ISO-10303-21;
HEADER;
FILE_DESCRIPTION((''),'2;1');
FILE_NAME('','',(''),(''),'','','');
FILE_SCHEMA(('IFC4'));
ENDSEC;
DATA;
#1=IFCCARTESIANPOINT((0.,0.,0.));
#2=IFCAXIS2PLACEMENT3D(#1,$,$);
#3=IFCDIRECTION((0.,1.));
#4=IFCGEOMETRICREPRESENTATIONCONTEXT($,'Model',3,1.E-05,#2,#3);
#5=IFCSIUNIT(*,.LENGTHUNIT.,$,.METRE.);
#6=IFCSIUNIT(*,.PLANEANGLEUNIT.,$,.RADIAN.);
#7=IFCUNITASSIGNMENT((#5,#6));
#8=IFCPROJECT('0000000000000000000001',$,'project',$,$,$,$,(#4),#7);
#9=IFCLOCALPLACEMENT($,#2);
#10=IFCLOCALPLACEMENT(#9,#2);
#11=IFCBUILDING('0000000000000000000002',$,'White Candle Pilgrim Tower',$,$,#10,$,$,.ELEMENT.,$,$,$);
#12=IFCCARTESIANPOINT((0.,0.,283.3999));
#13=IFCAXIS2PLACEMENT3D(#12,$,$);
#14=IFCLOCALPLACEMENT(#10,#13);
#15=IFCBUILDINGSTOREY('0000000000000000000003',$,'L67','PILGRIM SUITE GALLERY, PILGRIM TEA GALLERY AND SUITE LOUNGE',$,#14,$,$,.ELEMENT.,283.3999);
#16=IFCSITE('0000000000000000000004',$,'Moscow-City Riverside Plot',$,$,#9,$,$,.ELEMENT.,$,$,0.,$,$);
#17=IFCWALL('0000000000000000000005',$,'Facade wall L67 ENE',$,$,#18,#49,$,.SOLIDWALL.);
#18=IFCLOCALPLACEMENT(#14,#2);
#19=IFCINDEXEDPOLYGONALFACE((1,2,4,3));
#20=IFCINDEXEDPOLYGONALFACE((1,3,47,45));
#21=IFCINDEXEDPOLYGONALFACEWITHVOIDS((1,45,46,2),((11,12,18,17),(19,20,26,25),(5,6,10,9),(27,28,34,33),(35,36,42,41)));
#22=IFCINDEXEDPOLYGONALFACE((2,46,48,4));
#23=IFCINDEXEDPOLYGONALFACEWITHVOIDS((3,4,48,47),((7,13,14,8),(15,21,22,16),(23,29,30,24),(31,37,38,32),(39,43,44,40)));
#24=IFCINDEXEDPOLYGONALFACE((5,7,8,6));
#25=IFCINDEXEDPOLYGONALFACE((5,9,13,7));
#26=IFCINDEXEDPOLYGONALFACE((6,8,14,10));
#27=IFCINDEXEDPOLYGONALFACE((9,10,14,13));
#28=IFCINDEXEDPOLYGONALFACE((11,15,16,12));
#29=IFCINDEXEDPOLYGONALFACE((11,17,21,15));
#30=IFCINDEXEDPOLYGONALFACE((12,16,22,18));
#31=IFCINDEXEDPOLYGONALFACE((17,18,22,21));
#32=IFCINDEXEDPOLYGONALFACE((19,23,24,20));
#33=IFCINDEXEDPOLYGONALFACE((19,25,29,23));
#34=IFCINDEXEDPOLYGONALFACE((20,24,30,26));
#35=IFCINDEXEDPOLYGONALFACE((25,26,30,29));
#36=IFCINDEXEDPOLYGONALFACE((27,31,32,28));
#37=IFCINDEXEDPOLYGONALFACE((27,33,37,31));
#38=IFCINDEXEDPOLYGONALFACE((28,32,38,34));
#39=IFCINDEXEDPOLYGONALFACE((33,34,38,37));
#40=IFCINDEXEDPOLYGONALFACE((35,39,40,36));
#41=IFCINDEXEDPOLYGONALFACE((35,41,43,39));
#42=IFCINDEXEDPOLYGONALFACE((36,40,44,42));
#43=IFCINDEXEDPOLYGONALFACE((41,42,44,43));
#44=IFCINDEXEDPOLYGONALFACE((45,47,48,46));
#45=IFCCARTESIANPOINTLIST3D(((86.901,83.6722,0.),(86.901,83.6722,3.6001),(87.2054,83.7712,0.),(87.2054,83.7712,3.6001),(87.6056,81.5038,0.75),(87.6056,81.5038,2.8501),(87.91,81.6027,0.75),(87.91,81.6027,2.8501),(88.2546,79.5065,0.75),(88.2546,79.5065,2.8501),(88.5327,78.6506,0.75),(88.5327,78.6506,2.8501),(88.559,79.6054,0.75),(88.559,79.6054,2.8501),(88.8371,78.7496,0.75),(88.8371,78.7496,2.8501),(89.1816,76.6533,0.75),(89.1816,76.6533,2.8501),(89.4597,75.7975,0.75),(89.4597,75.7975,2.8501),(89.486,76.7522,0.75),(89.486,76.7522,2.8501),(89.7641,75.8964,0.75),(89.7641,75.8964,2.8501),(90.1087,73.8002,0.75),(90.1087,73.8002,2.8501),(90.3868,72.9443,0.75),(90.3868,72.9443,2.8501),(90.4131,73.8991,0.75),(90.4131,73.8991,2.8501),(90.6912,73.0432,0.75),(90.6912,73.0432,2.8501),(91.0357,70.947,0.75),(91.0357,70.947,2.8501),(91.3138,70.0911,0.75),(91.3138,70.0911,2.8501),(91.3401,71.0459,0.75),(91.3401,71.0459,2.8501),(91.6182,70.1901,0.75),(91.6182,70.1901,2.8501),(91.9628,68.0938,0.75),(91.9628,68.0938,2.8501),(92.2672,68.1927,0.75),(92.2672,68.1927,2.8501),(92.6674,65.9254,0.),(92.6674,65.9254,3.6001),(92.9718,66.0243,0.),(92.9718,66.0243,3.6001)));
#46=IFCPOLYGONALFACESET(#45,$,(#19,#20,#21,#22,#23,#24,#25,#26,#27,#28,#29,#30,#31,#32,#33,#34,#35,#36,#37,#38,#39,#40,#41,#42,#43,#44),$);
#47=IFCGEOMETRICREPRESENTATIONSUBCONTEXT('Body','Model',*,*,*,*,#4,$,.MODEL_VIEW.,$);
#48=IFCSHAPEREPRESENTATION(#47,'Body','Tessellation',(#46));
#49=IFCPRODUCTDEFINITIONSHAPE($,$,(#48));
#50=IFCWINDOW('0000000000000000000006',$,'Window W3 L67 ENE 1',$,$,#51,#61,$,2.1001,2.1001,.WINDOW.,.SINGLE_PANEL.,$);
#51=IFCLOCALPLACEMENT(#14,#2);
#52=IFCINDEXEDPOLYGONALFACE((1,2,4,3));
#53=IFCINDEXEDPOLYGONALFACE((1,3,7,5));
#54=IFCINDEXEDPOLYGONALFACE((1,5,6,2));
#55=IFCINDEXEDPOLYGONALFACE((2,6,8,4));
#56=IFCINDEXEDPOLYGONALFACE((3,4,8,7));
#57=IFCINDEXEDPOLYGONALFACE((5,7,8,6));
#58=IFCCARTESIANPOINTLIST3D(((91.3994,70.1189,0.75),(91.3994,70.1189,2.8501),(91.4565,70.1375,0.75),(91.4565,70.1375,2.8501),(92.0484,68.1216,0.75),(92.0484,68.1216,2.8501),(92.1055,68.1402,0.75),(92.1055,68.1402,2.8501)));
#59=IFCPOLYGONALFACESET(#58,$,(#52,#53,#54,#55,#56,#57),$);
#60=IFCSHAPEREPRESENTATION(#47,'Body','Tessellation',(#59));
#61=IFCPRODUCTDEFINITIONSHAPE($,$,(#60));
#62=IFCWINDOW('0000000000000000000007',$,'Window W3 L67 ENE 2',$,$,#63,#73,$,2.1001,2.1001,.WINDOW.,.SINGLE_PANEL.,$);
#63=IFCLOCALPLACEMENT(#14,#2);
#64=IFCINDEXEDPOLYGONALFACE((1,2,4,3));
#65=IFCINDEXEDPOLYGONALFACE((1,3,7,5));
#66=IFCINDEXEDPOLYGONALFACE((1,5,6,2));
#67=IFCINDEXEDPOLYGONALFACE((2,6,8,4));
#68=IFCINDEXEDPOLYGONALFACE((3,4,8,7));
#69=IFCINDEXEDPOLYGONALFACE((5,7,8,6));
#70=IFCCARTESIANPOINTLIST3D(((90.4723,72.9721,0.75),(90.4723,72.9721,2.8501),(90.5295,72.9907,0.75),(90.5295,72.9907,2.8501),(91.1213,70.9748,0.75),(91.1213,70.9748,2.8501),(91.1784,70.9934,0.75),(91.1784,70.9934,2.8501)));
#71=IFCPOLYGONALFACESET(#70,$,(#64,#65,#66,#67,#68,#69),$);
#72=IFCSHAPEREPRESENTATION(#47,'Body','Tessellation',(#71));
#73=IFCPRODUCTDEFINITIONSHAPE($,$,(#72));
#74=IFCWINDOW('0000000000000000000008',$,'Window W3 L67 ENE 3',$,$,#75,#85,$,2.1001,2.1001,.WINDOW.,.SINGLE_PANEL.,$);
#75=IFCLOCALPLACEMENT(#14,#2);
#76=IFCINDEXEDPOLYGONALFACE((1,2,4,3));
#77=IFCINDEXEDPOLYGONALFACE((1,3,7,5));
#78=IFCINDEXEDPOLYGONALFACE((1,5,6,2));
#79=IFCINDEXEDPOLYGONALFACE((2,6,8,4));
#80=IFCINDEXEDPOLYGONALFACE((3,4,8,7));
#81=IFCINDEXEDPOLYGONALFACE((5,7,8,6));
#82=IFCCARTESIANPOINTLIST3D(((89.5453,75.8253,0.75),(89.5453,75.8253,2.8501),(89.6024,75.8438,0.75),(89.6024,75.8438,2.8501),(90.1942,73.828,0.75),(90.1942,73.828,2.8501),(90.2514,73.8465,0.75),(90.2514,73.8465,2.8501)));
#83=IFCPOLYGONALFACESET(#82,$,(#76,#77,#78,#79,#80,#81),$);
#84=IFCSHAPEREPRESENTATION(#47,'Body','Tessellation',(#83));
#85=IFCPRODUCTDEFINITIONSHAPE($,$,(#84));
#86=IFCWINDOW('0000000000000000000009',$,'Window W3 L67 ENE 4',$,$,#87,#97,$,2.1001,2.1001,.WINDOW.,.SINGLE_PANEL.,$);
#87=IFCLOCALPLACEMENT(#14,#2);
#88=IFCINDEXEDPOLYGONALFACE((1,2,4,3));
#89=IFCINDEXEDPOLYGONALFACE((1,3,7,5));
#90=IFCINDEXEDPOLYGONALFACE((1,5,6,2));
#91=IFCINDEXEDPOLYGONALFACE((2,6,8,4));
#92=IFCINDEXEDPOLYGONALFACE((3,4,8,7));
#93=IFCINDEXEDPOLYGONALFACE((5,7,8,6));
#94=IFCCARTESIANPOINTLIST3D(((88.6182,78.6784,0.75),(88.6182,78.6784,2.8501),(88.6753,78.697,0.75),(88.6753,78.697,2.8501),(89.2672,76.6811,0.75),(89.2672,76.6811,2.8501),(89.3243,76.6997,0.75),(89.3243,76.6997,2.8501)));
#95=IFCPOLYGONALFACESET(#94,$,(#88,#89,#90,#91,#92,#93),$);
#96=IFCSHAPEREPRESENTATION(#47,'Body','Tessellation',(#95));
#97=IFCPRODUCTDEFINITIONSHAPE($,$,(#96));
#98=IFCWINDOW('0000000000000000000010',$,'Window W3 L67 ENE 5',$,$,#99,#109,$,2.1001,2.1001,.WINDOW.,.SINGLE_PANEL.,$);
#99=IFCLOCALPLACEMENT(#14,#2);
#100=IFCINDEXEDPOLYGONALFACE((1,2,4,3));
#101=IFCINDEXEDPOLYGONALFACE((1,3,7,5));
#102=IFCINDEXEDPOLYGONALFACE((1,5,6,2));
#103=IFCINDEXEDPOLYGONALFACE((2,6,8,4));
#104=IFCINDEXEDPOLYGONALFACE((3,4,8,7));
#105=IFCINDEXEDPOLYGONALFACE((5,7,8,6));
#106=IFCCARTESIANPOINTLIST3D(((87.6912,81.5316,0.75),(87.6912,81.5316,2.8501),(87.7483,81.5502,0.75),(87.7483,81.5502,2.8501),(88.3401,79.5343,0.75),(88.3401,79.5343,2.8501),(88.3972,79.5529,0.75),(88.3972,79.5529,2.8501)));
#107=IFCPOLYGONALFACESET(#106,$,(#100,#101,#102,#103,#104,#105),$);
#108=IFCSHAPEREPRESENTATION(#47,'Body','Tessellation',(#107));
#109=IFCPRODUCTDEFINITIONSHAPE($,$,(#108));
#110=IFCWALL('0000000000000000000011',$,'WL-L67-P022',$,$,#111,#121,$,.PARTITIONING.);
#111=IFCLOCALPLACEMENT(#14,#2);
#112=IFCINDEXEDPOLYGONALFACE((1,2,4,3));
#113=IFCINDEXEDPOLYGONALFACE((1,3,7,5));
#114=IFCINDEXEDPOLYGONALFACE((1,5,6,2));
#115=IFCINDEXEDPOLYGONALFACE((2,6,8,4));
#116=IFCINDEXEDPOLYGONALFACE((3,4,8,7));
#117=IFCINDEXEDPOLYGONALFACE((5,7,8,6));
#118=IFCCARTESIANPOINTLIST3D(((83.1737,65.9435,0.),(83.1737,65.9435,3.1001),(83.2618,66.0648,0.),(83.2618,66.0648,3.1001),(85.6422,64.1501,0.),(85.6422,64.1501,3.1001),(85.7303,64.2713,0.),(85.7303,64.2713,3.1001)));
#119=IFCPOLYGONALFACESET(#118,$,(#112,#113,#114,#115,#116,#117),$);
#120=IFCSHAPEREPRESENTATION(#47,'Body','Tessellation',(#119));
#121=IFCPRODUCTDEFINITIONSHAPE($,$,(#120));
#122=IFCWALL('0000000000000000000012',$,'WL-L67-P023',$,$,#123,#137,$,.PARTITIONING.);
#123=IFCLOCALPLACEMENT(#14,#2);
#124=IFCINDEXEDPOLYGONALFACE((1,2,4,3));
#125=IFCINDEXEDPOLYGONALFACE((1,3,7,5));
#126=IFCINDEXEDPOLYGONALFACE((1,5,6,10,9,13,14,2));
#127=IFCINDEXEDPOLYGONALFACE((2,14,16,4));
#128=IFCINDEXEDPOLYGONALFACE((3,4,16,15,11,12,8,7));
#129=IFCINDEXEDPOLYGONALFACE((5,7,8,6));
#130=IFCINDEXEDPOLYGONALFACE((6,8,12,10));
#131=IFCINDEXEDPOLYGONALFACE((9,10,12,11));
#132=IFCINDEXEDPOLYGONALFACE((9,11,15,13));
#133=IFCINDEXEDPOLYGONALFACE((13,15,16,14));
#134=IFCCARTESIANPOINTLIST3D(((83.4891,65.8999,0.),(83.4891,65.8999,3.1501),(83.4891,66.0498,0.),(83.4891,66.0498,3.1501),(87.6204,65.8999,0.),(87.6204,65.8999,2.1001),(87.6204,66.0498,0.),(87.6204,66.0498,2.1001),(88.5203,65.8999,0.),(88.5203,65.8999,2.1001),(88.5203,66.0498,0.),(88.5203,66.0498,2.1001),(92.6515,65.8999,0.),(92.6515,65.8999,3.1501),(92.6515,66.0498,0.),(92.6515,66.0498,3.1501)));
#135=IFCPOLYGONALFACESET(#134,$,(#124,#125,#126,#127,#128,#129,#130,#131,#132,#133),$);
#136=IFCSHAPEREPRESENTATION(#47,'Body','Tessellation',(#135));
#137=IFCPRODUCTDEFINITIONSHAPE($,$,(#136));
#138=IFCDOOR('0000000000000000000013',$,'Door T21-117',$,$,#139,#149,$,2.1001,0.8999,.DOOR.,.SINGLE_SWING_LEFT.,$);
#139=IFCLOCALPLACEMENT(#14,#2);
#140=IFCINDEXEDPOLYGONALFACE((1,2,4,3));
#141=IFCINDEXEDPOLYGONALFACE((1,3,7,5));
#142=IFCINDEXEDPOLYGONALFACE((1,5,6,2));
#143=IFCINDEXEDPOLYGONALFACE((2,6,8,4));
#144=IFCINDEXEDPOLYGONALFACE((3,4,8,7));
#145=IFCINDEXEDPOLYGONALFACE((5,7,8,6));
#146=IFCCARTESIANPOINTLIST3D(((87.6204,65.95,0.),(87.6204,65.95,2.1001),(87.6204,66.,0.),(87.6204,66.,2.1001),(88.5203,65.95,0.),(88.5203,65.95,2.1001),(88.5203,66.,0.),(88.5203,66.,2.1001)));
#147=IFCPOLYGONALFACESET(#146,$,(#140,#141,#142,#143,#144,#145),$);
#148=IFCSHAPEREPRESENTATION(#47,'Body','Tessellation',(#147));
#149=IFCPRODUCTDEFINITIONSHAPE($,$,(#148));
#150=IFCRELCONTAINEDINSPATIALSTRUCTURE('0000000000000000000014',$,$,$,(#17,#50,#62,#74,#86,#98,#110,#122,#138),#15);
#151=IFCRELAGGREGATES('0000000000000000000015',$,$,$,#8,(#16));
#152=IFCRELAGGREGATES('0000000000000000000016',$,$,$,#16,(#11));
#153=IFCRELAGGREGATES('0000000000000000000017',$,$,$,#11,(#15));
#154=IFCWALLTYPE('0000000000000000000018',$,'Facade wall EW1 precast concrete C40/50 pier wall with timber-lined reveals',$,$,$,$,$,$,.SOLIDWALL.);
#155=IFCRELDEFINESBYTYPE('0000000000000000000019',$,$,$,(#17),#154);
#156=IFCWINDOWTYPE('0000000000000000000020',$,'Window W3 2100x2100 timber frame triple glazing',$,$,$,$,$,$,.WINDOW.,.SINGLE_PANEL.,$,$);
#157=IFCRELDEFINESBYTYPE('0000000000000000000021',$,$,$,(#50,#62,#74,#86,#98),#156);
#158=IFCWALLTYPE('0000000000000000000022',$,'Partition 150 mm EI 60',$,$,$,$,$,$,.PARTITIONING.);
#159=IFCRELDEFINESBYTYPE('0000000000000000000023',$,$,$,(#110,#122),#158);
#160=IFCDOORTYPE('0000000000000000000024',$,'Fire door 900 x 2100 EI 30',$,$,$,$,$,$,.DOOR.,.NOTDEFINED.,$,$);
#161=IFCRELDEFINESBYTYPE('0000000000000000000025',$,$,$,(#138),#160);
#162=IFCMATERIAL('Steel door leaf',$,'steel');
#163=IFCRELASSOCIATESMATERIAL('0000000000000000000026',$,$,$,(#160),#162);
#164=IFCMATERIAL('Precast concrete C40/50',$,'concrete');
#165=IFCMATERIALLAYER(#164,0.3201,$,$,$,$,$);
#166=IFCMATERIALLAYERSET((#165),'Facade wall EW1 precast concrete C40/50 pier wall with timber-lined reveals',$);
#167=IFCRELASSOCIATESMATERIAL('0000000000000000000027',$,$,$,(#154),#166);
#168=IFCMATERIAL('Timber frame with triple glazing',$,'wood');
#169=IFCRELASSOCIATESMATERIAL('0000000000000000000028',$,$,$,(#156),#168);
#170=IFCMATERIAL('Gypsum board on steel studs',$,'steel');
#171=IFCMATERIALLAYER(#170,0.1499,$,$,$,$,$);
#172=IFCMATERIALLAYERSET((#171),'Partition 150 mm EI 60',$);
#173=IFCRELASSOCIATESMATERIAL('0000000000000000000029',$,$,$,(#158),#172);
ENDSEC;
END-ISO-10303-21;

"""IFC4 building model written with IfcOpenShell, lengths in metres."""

from ifc_helpers import new_model, si_unit, direction, frame, frame_2d, origin, place, context, subcontext, project, spatial, rectangle, extrude, material, layer, layer_set, type_object, element, fill, save


model = new_model("IFC4")

# Units and contexts
model_context = context("Model", 3, precision=1e-05, world=origin(), true_north=direction((0.0, 1.0)))
body_context = subcontext(model_context, "Body", "Model", "MODEL_VIEW")
ifc_project = project(units=[si_unit("LENGTHUNIT", "METRE"), si_unit("PLANEANGLEUNIT", "RADIAN")], contexts=[model_context])

# Site, building, storey
site_placement = place(None, origin())
site = spatial("IfcSite", under=ifc_project, at=site_placement, Name="Moscow-City Riverside Plot", CompositionType="ELEMENT", RefElevation=0.0)
building_placement = place(site_placement, origin())
building = spatial("IfcBuilding", under=site, at=building_placement, Name="White Candle Pilgrim Tower", CompositionType="ELEMENT")
storey_placement = place(building_placement, frame((0.0, 0.0, 283.3999)))
storey = spatial("IfcBuildingStorey", under=building, at=storey_placement, Name="L67", Description="PILGRIM SUITE GALLERY, PILGRIM TEA GALLERY AND SUITE LOUNGE", CompositionType="ELEMENT", Elevation=283.3999)

# Shared definitions
ifc_material_1 = material(Name="Gypsum board on steel studs", Category="steel")
ifc_material_2 = material(Name="Steel door leaf", Category="steel")
door_type = type_object("IfcDoorType", Name="Fire door 900 x 2100 EI 30", OperationType="NOTDEFINED", PredefinedType="DOOR", material=ifc_material_2)

# Wall, openings, windows
ifc_material_3 = material(Name="Precast concrete C40/50", Category="concrete")
ifc_layer_1 = layer(ifc_material_3, 0.3201)
ifc_layer_set_1 = layer_set([ifc_layer_1], Name="Facade wall EW1 precast concrete C40/50 pier wall with timber-lined reveals")
wall_type_1 = type_object("IfcWallType", Name="Facade wall EW1 precast concrete C40/50 pier wall with timber-lined reveals", PredefinedType="SOLIDWALL", material=ifc_layer_set_1)
wall_1_placement = place(storey_placement, frame((92.8196, 65.9749, 0.0), z_axis=(0.0, 0.0, 1.0), x_axis=(-0.30902, 0.951056, 0.0)))
wall_1 = element("IfcWall", 1, at=wall_1_placement, inside=storey, type_object=wall_type_1, Name="Facade wall L67 ENE", PredefinedType="SOLIDWALL", context=body_context, shape_type="SweptSolid", body=[
    extrude(rectangle(XDim=18.6602, YDim=0.3201, at=frame_2d((9.3301, 0.0))), origin(), (0.0, 0.0, 1.0), 3.6001),
])
opening_1_placement = place(wall_1_placement, frame((2.28, 0.0, 0.75)))
opening_1 = element("IfcOpeningElement", 2, at=opening_1_placement, cuts=wall_1, PredefinedType="OPENING", context=body_context, shape_type="SweptSolid", body=[
    extrude(rectangle(XDim=2.1001, YDim=2.1001, at=frame_2d((1.05, 1.05))), frame((0.0, 0.1699, 0.0), z_axis=(0.0, -1.0, 0.0), x_axis=(1.0, 0.0, 0.0)), (0.0, 0.0, 1.0), 0.3401),
])
opening_2_placement = place(wall_1_placement, frame((5.28, 0.0, 0.75)))
opening_2 = element("IfcOpeningElement", 3, at=opening_2_placement, cuts=wall_1, PredefinedType="OPENING", context=body_context, shape_type="SweptSolid", body=[
    extrude(rectangle(XDim=2.1001, YDim=2.1001, at=frame_2d((1.05, 1.05))), frame((0.0, 0.1699, 0.0), z_axis=(0.0, -1.0, 0.0), x_axis=(1.0, 0.0, 0.0)), (0.0, 0.0, 1.0), 0.3401),
])
opening_3_placement = place(wall_1_placement, frame((8.28, 0.0, 0.75)))
opening_3 = element("IfcOpeningElement", 4, at=opening_3_placement, cuts=wall_1, PredefinedType="OPENING", context=body_context, shape_type="SweptSolid", body=[
    extrude(rectangle(XDim=2.1001, YDim=2.1001, at=frame_2d((1.05, 1.05))), frame((0.0, 0.1699, 0.0), z_axis=(0.0, -1.0, 0.0), x_axis=(1.0, 0.0, 0.0)), (0.0, 0.0, 1.0), 0.3401),
])
opening_4_placement = place(wall_1_placement, frame((11.28, 0.0, 0.75)))
opening_4 = element("IfcOpeningElement", 5, at=opening_4_placement, cuts=wall_1, PredefinedType="OPENING", context=body_context, shape_type="SweptSolid", body=[
    extrude(rectangle(XDim=2.1001, YDim=2.1001, at=frame_2d((1.05, 1.05))), frame((0.0, 0.1699, 0.0), z_axis=(0.0, -1.0, 0.0), x_axis=(1.0, 0.0, 0.0)), (0.0, 0.0, 1.0), 0.3401),
])
opening_5_placement = place(wall_1_placement, frame((14.28, 0.0, 0.75)))
opening_5 = element("IfcOpeningElement", 6, at=opening_5_placement, cuts=wall_1, PredefinedType="OPENING", context=body_context, shape_type="SweptSolid", body=[
    extrude(rectangle(XDim=2.1001, YDim=2.1001, at=frame_2d((1.05, 1.05))), frame((0.0, 0.1699, 0.0), z_axis=(0.0, -1.0, 0.0), x_axis=(1.0, 0.0, 0.0)), (0.0, 0.0, 1.0), 0.3401),
])
ifc_material_4 = material(Name="Timber frame with triple glazing", Category="wood")
window_type = type_object("IfcWindowType", Name="Window W3 2100x2100 timber frame triple glazing", PartitioningType="SINGLE_PANEL", PredefinedType="WINDOW", material=ifc_material_4)
window_1_placement = place(opening_1_placement, origin())
window_1 = element("IfcWindow", 7, at=window_1_placement, inside=storey, type_object=window_type, Name="Window W3 L67 ENE 1", OverallHeight=2.1001, OverallWidth=2.1001, PartitioningType="SINGLE_PANEL", PredefinedType="WINDOW", context=body_context, shape_type="SweptSolid", body=[
    extrude(rectangle(XDim=2.1001, YDim=2.1001, at=frame_2d((1.05, 1.05))), frame((0.0, 0.0701, 0.0), z_axis=(0.0, -1.0, 0.0), x_axis=(1.0, 0.0, 0.0)), (0.0, 0.0, 1.0), 0.0601),
])
fill(opening_1, window_1)
window_2_placement = place(opening_2_placement, origin())
window_2 = element("IfcWindow", 8, at=window_2_placement, inside=storey, type_object=window_type, Name="Window W3 L67 ENE 2", OverallHeight=2.1001, OverallWidth=2.1001, PartitioningType="SINGLE_PANEL", PredefinedType="WINDOW", context=body_context, shape_type="SweptSolid", body=[
    extrude(rectangle(XDim=2.1001, YDim=2.1001, at=frame_2d((1.05, 1.05))), frame((0.0, 0.0701, 0.0), z_axis=(0.0, -1.0, 0.0), x_axis=(1.0, 0.0, 0.0)), (0.0, 0.0, 1.0), 0.0601),
])
fill(opening_2, window_2)
window_3_placement = place(opening_3_placement, origin())
window_3 = element("IfcWindow", 9, at=window_3_placement, inside=storey, type_object=window_type, Name="Window W3 L67 ENE 3", OverallHeight=2.1001, OverallWidth=2.1001, PartitioningType="SINGLE_PANEL", PredefinedType="WINDOW", context=body_context, shape_type="SweptSolid", body=[
    extrude(rectangle(XDim=2.1001, YDim=2.1001, at=frame_2d((1.05, 1.05))), frame((0.0, 0.0701, 0.0), z_axis=(0.0, -1.0, 0.0), x_axis=(1.0, 0.0, 0.0)), (0.0, 0.0, 1.0), 0.0601),
])
fill(opening_3, window_3)
window_4_placement = place(opening_4_placement, origin())
window_4 = element("IfcWindow", 10, at=window_4_placement, inside=storey, type_object=window_type, Name="Window W3 L67 ENE 4", OverallHeight=2.1001, OverallWidth=2.1001, PartitioningType="SINGLE_PANEL", PredefinedType="WINDOW", context=body_context, shape_type="SweptSolid", body=[
    extrude(rectangle(XDim=2.1001, YDim=2.1001, at=frame_2d((1.05, 1.05))), frame((0.0, 0.0701, 0.0), z_axis=(0.0, -1.0, 0.0), x_axis=(1.0, 0.0, 0.0)), (0.0, 0.0, 1.0), 0.0601),
])
fill(opening_4, window_4)
window_5_placement = place(opening_5_placement, origin())
window_5 = element("IfcWindow", 11, at=window_5_placement, inside=storey, type_object=window_type, Name="Window W3 L67 ENE 5", OverallHeight=2.1001, OverallWidth=2.1001, PartitioningType="SINGLE_PANEL", PredefinedType="WINDOW", context=body_context, shape_type="SweptSolid", body=[
    extrude(rectangle(XDim=2.1001, YDim=2.1001, at=frame_2d((1.05, 1.05))), frame((0.0, 0.0701, 0.0), z_axis=(0.0, -1.0, 0.0), x_axis=(1.0, 0.0, 0.0)), (0.0, 0.0, 1.0), 0.0601),
])
fill(opening_5, window_5)

# Wall
ifc_layer_2 = layer(ifc_material_1, 0.1499)
ifc_layer_set_2 = layer_set([ifc_layer_2], Name="Partition 150 mm EI 60")
wall_type_2 = type_object("IfcWallType", Name="Partition 150 mm EI 60", PredefinedType="PARTITIONING", material=ifc_layer_set_2)
wall_2_placement = place(storey_placement, frame((85.6863, 64.2107, 0.0), z_axis=(0.0, 0.0, 1.0), x_axis=(-0.80902, 0.587782, 0.0)))
element("IfcWall", 12, at=wall_2_placement, inside=storey, type_object=wall_type_2, Name="WL-L67-P022", PredefinedType="PARTITIONING", context=body_context, shape_type="SweptSolid", body=[
    extrude(rectangle(XDim=3.0513, YDim=0.1499, at=frame_2d((1.5256, 0.0))), origin(), (0.0, 0.0, 1.0), 3.1001),
])

# Wall, opening, door
wall_3_placement = place(storey_placement, frame((92.6514, 65.9749, 0.0), z_axis=(0.0, 0.0, 1.0), x_axis=(-1.0, 0.0, 0.0)))
wall_3 = element("IfcWall", 13, at=wall_3_placement, inside=storey, type_object=wall_type_2, Name="WL-L67-P023", PredefinedType="PARTITIONING", context=body_context, shape_type="SweptSolid", body=[
    extrude(rectangle(XDim=9.1624, YDim=0.1499, at=frame_2d((4.5811, 0.0))), origin(), (0.0, 0.0, 1.0), 3.1501),
])
opening_6_placement = place(wall_3_placement, frame((4.1311, 0.0, 0.0)))
opening_6 = element("IfcOpeningElement", 14, at=opening_6_placement, cuts=wall_3, PredefinedType="OPENING", context=body_context, shape_type="SweptSolid", body=[
    extrude(rectangle(XDim=0.8999, YDim=2.1001, at=frame_2d((0.45, 1.05))), frame((0.0, 0.085, 0.0), z_axis=(0.0, -1.0, 0.0), x_axis=(1.0, 0.0, 0.0)), (0.0, 0.0, 1.0), 0.1699),
])
door_1_placement = place(opening_6_placement, origin())
door_1 = element("IfcDoor", 15, at=door_1_placement, inside=storey, type_object=door_type, Name="Door T21-117", OperationType="SINGLE_SWING_LEFT", OverallHeight=2.1001, OverallWidth=0.8999, PredefinedType="DOOR", context=body_context, shape_type="SweptSolid", body=[
    extrude(rectangle(XDim=0.8999, YDim=2.1001, at=frame_2d((0.45, 1.05))), frame((0.0, 0.0249, 0.0), z_axis=(0.0, -1.0, 0.0), x_axis=(1.0, 0.0, 0.0)), (0.0, 0.0, 1.0), 0.05),
])
fill(opening_6, door_1)

save(model, "model.ifc")
